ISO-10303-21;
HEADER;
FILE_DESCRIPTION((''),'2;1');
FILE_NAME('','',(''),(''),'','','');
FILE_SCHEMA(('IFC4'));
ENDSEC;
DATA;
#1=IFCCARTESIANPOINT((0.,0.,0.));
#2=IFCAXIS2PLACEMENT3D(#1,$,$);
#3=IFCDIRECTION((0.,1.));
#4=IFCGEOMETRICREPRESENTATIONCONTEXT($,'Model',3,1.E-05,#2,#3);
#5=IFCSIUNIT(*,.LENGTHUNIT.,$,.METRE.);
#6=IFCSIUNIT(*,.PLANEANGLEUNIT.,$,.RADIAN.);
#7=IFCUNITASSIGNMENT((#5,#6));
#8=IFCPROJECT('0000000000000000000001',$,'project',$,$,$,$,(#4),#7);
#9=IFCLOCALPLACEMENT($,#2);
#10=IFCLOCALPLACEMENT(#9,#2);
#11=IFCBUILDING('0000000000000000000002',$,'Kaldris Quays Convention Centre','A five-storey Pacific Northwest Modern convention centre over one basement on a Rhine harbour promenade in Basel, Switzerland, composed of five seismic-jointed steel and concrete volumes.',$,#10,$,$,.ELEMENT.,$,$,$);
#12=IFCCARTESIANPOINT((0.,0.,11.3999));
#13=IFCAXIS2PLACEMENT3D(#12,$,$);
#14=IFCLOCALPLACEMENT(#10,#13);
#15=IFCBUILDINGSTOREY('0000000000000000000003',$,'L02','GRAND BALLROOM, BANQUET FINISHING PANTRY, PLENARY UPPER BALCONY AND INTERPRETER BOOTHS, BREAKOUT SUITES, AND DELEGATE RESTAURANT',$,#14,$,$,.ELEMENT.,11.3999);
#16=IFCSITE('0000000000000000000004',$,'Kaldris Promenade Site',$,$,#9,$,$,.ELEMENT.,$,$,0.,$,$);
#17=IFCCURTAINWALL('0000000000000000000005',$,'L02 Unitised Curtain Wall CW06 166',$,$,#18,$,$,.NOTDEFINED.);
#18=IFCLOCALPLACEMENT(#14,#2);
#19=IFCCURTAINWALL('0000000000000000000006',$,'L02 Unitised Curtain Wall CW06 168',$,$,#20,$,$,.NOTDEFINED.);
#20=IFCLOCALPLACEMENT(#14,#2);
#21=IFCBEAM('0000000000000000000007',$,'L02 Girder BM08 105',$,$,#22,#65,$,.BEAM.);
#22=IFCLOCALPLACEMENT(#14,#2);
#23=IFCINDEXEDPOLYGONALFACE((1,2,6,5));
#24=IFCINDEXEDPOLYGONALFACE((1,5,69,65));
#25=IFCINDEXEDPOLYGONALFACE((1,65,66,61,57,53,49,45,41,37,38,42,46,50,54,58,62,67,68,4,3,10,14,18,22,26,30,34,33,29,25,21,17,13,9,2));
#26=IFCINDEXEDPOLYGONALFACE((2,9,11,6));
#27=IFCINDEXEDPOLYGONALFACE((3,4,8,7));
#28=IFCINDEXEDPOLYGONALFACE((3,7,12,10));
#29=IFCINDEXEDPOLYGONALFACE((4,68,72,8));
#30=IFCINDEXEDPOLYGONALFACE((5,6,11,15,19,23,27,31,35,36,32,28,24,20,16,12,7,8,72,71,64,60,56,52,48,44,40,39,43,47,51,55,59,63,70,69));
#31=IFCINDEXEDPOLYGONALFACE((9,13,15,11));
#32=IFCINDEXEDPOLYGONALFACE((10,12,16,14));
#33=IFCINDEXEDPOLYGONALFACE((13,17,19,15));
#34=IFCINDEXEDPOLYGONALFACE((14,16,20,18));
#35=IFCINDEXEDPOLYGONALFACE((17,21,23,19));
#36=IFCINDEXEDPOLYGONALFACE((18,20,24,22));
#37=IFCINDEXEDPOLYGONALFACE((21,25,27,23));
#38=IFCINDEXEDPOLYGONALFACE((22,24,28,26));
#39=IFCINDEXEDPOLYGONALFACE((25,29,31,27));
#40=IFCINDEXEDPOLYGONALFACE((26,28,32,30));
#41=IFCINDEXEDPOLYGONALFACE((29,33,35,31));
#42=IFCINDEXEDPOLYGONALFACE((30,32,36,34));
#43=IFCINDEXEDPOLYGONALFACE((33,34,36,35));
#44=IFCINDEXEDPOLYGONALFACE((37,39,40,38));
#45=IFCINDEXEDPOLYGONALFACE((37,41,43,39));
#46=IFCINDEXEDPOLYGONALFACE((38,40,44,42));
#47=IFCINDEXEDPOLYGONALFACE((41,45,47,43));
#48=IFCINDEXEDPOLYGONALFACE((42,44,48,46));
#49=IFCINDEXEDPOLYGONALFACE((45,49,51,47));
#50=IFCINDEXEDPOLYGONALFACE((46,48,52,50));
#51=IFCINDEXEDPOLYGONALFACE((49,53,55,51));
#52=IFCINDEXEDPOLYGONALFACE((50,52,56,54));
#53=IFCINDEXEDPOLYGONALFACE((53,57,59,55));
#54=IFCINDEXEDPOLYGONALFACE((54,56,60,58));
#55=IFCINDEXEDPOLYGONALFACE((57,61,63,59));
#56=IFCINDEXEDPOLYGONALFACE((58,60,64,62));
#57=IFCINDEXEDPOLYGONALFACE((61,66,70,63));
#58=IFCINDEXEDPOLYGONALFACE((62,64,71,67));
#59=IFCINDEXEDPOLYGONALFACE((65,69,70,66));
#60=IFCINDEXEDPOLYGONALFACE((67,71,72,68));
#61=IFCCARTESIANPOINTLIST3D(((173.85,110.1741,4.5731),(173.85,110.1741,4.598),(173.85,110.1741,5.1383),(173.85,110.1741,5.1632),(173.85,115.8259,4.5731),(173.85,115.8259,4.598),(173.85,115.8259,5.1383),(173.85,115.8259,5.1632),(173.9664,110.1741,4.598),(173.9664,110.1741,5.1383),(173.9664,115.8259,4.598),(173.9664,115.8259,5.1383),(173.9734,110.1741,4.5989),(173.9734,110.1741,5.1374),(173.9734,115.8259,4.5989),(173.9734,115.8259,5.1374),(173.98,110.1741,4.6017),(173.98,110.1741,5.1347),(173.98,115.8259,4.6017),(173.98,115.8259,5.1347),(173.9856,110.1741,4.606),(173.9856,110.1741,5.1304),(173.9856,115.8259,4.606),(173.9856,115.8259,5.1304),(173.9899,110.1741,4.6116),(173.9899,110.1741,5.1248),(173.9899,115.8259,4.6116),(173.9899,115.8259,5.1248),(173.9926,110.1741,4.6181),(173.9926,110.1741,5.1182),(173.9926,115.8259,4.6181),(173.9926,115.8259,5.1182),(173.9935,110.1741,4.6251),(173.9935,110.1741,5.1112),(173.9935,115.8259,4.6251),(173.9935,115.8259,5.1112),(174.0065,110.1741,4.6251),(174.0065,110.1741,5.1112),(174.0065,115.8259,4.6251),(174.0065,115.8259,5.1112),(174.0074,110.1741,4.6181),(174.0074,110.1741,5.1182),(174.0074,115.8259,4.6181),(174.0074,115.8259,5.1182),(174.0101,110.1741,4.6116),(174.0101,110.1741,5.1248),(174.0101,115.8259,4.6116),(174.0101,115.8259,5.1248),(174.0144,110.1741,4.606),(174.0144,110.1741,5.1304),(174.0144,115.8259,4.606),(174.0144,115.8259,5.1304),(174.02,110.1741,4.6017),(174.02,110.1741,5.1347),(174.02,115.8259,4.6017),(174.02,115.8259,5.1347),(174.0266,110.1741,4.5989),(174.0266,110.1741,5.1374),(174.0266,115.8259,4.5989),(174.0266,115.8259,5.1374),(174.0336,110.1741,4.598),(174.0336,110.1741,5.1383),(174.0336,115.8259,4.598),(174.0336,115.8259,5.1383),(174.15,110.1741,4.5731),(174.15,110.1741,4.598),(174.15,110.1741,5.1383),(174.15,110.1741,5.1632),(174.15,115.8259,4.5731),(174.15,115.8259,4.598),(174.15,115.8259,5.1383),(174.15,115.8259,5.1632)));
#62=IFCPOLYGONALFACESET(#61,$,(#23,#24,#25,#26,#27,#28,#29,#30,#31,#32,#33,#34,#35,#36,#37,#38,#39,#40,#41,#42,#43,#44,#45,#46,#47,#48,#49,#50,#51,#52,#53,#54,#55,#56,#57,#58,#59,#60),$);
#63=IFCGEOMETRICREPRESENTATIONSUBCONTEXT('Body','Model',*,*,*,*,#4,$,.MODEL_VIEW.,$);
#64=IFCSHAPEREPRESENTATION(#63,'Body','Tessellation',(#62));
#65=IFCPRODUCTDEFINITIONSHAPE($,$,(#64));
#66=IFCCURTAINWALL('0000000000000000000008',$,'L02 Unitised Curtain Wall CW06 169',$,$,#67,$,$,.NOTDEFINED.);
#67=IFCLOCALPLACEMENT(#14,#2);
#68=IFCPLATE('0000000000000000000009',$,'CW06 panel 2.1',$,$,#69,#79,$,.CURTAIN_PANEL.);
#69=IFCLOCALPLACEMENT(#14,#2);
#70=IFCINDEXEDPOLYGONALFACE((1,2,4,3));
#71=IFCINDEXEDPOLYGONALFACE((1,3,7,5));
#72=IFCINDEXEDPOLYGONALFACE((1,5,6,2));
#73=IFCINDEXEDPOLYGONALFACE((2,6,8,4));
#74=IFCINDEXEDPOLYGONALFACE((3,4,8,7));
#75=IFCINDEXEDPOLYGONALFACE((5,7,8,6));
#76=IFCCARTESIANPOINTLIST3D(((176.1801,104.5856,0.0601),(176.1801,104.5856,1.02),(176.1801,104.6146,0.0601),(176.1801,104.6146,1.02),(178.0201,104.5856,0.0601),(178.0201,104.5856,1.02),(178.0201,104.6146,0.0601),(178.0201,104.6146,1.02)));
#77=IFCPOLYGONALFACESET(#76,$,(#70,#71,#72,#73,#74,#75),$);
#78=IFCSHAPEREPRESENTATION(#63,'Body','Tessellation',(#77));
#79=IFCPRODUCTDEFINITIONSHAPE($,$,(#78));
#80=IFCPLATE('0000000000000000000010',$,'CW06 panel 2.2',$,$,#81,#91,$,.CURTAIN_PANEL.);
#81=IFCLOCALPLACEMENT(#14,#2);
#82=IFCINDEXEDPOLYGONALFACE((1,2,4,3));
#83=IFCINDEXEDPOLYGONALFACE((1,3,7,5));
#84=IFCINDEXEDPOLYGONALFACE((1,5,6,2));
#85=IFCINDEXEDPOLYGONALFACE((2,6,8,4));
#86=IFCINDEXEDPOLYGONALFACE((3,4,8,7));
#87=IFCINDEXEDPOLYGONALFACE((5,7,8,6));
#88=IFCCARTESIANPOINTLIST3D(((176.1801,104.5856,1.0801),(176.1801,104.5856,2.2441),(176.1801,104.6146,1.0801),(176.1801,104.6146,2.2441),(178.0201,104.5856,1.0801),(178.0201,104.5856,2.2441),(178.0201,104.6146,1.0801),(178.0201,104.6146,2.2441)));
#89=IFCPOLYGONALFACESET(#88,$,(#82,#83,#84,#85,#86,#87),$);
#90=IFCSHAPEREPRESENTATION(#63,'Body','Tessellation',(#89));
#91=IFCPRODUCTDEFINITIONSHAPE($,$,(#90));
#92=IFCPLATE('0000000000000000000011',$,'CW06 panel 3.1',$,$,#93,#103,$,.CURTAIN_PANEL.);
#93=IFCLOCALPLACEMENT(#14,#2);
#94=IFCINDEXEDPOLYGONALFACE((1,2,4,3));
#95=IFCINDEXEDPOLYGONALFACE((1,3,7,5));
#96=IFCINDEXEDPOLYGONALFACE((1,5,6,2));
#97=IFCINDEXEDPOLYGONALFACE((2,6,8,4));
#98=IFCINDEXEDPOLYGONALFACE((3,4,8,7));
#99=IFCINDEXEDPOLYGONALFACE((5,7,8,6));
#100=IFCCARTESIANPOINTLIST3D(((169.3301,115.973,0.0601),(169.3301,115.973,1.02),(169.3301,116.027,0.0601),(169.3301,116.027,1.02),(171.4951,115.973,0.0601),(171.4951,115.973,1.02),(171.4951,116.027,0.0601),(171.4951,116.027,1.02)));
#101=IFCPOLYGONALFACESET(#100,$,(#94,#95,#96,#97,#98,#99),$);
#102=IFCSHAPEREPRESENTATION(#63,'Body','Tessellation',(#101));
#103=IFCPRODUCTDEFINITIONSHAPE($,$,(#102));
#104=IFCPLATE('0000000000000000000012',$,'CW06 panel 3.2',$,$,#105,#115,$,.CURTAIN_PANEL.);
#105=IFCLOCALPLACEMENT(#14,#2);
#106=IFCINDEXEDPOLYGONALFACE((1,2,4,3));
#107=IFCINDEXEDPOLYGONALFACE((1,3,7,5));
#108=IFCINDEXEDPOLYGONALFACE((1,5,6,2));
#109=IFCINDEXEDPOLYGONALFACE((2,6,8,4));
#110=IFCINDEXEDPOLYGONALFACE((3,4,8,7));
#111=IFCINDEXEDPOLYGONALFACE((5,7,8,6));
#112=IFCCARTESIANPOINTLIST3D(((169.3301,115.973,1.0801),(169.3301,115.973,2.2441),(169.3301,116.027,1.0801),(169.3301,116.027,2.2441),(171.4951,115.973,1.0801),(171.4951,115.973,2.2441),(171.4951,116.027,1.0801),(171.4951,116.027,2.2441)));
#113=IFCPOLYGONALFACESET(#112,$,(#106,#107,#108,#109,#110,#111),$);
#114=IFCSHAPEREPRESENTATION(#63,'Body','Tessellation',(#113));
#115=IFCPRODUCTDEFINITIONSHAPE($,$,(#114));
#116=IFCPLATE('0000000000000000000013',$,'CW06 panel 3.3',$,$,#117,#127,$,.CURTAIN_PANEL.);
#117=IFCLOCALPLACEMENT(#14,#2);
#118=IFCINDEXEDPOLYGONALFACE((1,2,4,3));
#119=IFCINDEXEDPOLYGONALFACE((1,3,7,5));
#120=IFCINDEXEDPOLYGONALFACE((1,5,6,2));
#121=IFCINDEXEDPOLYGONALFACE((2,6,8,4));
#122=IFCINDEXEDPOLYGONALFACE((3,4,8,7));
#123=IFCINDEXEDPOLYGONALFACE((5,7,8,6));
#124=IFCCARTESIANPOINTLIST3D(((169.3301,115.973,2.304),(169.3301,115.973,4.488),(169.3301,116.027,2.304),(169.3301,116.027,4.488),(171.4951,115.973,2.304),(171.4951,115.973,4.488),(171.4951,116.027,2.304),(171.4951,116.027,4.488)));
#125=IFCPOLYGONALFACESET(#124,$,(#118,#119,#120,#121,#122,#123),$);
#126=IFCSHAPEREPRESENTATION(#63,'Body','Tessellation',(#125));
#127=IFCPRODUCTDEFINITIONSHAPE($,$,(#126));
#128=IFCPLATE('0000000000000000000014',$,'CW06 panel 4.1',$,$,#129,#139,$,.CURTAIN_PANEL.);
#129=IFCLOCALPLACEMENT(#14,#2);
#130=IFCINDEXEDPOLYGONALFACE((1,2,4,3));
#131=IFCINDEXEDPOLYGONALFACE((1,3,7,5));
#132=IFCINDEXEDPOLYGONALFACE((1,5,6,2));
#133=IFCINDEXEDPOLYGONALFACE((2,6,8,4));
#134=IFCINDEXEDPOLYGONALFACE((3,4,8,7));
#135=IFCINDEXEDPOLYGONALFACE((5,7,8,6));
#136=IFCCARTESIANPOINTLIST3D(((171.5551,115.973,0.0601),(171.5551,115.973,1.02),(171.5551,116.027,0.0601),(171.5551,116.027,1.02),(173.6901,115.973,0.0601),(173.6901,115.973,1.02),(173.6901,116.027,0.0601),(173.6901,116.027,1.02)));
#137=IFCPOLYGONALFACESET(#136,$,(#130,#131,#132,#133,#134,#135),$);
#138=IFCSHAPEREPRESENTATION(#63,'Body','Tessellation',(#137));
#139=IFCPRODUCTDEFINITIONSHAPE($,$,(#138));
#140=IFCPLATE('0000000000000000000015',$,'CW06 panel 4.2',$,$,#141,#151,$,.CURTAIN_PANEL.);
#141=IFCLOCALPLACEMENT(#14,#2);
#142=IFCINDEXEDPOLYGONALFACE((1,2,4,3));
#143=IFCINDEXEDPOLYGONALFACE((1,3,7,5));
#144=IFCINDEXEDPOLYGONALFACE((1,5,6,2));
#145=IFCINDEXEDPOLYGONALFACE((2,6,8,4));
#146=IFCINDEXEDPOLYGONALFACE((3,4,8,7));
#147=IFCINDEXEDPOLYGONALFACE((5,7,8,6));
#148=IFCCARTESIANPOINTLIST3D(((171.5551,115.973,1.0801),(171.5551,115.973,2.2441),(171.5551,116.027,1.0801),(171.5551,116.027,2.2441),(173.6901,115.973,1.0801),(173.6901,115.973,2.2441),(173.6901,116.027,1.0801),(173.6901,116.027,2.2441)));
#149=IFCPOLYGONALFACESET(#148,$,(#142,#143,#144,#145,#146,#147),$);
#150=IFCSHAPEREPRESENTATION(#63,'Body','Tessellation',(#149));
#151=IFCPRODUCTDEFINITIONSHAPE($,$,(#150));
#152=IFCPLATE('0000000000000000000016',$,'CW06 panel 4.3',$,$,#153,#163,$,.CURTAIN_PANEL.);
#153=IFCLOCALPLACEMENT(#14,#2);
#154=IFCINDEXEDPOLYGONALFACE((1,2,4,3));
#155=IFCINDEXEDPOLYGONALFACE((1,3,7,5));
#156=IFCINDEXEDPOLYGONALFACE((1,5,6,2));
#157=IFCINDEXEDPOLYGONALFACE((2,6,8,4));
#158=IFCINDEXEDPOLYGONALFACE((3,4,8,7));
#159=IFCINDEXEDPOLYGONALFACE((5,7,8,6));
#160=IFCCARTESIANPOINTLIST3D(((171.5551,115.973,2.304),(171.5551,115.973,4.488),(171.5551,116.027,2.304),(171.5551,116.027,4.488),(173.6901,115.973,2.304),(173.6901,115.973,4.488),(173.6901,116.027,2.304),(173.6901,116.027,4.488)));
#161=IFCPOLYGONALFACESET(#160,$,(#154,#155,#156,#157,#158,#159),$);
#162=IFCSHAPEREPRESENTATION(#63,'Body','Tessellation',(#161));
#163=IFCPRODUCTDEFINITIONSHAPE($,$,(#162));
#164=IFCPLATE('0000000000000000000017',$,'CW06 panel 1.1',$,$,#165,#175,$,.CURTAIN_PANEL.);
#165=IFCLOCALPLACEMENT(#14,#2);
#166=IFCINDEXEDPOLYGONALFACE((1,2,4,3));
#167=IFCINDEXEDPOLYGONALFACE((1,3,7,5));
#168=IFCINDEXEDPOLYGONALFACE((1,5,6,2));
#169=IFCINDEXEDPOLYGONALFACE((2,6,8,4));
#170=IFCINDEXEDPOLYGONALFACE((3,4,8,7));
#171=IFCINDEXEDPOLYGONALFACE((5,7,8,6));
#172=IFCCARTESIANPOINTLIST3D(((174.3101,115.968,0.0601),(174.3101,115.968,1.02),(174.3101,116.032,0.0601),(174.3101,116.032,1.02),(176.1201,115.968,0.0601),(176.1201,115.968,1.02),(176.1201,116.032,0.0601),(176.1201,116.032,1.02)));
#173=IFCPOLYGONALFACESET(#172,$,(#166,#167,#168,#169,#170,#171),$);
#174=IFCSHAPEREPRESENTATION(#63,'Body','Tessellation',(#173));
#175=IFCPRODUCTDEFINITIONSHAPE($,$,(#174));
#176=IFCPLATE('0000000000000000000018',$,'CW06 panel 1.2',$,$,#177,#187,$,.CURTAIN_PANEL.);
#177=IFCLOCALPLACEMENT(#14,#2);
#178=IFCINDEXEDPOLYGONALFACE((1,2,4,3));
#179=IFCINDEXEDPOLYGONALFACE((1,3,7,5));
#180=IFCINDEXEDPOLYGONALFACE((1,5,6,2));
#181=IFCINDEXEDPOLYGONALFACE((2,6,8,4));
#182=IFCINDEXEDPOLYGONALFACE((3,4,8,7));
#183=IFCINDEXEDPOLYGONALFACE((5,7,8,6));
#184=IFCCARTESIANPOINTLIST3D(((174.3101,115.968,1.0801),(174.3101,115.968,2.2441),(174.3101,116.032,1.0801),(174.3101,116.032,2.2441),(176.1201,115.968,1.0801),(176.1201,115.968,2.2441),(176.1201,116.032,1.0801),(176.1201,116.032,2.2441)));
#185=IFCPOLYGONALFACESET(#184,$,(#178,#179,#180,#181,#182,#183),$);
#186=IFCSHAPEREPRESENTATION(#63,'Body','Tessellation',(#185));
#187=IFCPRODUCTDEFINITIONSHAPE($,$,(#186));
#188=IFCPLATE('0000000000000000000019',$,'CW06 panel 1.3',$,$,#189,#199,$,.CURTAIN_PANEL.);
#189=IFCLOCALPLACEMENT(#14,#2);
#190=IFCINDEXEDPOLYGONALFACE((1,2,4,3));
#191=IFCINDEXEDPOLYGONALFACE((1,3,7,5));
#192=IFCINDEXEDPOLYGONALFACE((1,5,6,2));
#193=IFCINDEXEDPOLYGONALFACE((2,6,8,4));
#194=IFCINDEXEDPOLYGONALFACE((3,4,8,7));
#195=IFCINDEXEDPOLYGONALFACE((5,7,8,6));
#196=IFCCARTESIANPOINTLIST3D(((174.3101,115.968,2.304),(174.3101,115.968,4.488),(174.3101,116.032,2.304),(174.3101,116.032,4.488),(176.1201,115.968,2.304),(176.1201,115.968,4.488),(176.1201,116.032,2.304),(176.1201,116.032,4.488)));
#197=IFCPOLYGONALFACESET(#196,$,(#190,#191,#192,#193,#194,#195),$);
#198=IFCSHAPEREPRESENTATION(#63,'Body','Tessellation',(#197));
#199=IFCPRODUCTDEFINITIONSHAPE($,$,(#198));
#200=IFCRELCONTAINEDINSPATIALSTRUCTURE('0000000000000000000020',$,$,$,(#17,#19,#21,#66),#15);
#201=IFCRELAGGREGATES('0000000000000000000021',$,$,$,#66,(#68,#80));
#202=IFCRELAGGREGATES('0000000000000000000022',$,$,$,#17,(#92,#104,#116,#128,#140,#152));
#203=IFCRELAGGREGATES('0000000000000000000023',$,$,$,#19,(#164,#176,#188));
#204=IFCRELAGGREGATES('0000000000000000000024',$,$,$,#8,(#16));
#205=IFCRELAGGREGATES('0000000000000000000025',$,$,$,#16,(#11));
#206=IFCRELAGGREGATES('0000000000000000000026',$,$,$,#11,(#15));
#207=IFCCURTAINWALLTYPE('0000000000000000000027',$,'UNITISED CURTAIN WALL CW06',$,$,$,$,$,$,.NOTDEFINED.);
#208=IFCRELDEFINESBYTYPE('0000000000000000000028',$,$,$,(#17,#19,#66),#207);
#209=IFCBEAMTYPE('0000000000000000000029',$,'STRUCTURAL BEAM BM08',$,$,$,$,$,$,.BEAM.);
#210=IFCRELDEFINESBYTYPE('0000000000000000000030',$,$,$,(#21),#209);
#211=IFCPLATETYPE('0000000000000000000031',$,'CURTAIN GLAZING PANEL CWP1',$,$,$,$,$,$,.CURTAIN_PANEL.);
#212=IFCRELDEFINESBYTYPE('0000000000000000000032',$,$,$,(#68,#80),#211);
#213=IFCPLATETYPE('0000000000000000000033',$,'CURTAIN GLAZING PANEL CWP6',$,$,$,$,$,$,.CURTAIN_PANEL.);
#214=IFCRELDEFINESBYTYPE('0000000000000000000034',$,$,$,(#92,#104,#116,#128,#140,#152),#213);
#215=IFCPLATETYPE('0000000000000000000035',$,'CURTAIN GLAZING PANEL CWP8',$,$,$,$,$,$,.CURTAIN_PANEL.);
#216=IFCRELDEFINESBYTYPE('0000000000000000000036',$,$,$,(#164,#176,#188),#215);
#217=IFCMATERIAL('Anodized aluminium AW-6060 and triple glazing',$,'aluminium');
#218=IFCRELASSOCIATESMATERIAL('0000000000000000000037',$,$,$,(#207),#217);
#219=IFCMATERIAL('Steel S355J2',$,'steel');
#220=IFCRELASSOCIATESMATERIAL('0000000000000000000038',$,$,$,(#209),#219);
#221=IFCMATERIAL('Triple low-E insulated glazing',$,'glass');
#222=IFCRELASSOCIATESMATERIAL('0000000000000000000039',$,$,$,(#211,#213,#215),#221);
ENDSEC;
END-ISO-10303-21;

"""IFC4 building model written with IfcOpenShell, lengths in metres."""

from ifc_helpers import new_model, si_unit, direction, frame, origin, origin_2d, place, context, subcontext, project, spatial, rectangle, i_section, extrude, material, material_profile, profile_set, type_object, element, aggregate, save


model = new_model("IFC4")

# Units and contexts
model_context = context("Model", 3, precision=1e-05, world=origin(), true_north=direction((0.0, 1.0)))
body_context = subcontext(model_context, "Body", "Model", "MODEL_VIEW")
ifc_project = project(units=[si_unit("LENGTHUNIT", "METRE"), si_unit("PLANEANGLEUNIT", "RADIAN")], contexts=[model_context])

# Site, building, storey
site_placement = place(None, origin())
site = spatial("IfcSite", under=ifc_project, at=site_placement, Name="Kaldris Promenade Site", CompositionType="ELEMENT", RefElevation=0.0)
building_placement = place(site_placement, origin())
building = spatial("IfcBuilding", under=site, at=building_placement, Name="Kaldris Quays Convention Centre", Description="A five-storey Pacific Northwest Modern convention centre over one basement on a Rhine harbour promenade in Basel, Switzerland, composed of five seismic-jointed steel and concrete volumes.", CompositionType="ELEMENT")
storey_placement = place(building_placement, frame((0.0, 0.0, 11.3999)))
storey = spatial("IfcBuildingStorey", under=building, at=storey_placement, Name="L02", Description="GRAND BALLROOM, BANQUET FINISHING PANTRY, PLENARY UPPER BALCONY AND INTERPRETER BOOTHS, BREAKOUT SUITES, AND DELEGATE RESTAURANT", CompositionType="ELEMENT", Elevation=11.3999)

# Shared definitions
ifc_material_1 = material(Name="Steel S355J2", Category="steel")

# Curtain walls
ifc_material_2 = material(Name="Anodized aluminium AW-6060 and triple glazing", Category="aluminium")
curtain_wall_type = type_object("IfcCurtainWallType", Name="UNITISED CURTAIN WALL CW06", PredefinedType="NOTDEFINED", material=ifc_material_2)
curtain_wall_1_placement = place(storey_placement, origin())
curtain_wall_1 = element("IfcCurtainWall", 1, at=curtain_wall_1_placement, inside=storey, type_object=curtain_wall_type, Name="L02 Unitised Curtain Wall CW06 166", PredefinedType="NOTDEFINED")
curtain_wall_2_placement = place(storey_placement, origin())
curtain_wall_2 = element("IfcCurtainWall", 2, at=curtain_wall_2_placement, inside=storey, type_object=curtain_wall_type, Name="L02 Unitised Curtain Wall CW06 168", PredefinedType="NOTDEFINED")

# Beam
ifc_material_profile_1 = material_profile(ifc_material_1, i_section(OverallWidth=0.3, OverallDepth=0.5901, WebThickness=0.0129, FlangeThickness=0.0249, FilletRadius=0.0271, at=origin_2d()), Name="HEA 600")
ifc_profile_set_1 = profile_set([ifc_material_profile_1], Name="Steel S355J2")
beam_type_1 = type_object("IfcBeamType", Name="STRUCTURAL BEAM BM08", PredefinedType="BEAM", material=ifc_profile_set_1)
beam_1_placement = place(storey_placement, frame((174.0, 110.1741, 4.8682), z_axis=(0.0, 1.0, 0.0), x_axis=(-1.0, 0.0, 0.0)))
element("IfcBeam", 3, at=beam_1_placement, inside=storey, type_object=beam_type_1, Name="L02 Girder BM08 105", PredefinedType="BEAM", context=body_context, shape_type="SweptSolid", body=[
    extrude(i_section(OverallWidth=0.3, OverallDepth=0.5901, WebThickness=0.0129, FlangeThickness=0.0249, FilletRadius=0.0271, at=origin_2d()), origin(), (0.0, 0.0, 1.0), 5.6519),
])

# Curtain wall, plates
curtain_wall_3_placement = place(storey_placement, origin())
curtain_wall_3 = element("IfcCurtainWall", 4, at=curtain_wall_3_placement, inside=storey, type_object=curtain_wall_type, Name="L02 Unitised Curtain Wall CW06 169", PredefinedType="NOTDEFINED")
ifc_material_3 = material(Name="Triple low-E insulated glazing", Category="glass")
plate_type_1 = type_object("IfcPlateType", Name="CURTAIN GLAZING PANEL CWP1", PredefinedType="CURTAIN_PANEL", material=ifc_material_3)
plate_1_placement = place(storey_placement, frame((177.1001, 104.6001, 0.0601), z_axis=(0.0, 0.0, 1.0), x_axis=(1.0, 0.0, 0.0)))
plate_1 = element("IfcPlate", 5, at=plate_1_placement, type_object=plate_type_1, Name="CW06 panel 2.1", PredefinedType="CURTAIN_PANEL", context=body_context, shape_type="SweptSolid", body=[
    extrude(rectangle(XDim=1.8401, YDim=0.0291, at=origin_2d()), origin(), (0.0, 0.0, 1.0), 0.96),
])
plate_2_placement = place(storey_placement, frame((177.1001, 104.6001, 1.0801), z_axis=(0.0, 0.0, 1.0), x_axis=(1.0, 0.0, 0.0)))
plate_2 = element("IfcPlate", 6, at=plate_2_placement, type_object=plate_type_1, Name="CW06 panel 2.2", PredefinedType="CURTAIN_PANEL", context=body_context, shape_type="SweptSolid", body=[
    extrude(rectangle(XDim=1.8401, YDim=0.0291, at=origin_2d()), origin(), (0.0, 0.0, 1.0), 1.1641),
])
aggregate(curtain_wall_3, [plate_1, plate_2])

# Plates
plate_type_2 = type_object("IfcPlateType", Name="CURTAIN GLAZING PANEL CWP6", PredefinedType="CURTAIN_PANEL", material=ifc_material_3)
plate_3_placement = place(storey_placement, frame((170.4126, 116.0, 0.0601), z_axis=(0.0, 0.0, 1.0), x_axis=(1.0, 0.0, 0.0)))
plate_3 = element("IfcPlate", 7, at=plate_3_placement, type_object=plate_type_2, Name="CW06 panel 3.1", PredefinedType="CURTAIN_PANEL", context=body_context, shape_type="SweptSolid", body=[
    extrude(rectangle(XDim=2.165, YDim=0.054, at=origin_2d()), origin(), (0.0, 0.0, 1.0), 0.96),
])
plate_4_placement = place(storey_placement, frame((170.4126, 116.0, 1.0801), z_axis=(0.0, 0.0, 1.0), x_axis=(1.0, 0.0, 0.0)))
plate_4 = element("IfcPlate", 8, at=plate_4_placement, type_object=plate_type_2, Name="CW06 panel 3.2", PredefinedType="CURTAIN_PANEL", context=body_context, shape_type="SweptSolid", body=[
    extrude(rectangle(XDim=2.165, YDim=0.054, at=origin_2d()), origin(), (0.0, 0.0, 1.0), 1.1641),
])
plate_5_placement = place(storey_placement, frame((170.4126, 116.0, 2.304), z_axis=(0.0, 0.0, 1.0), x_axis=(1.0, 0.0, 0.0)))
plate_5 = element("IfcPlate", 9, at=plate_5_placement, type_object=plate_type_2, Name="CW06 panel 3.3", PredefinedType="CURTAIN_PANEL", context=body_context, shape_type="SweptSolid", body=[
    extrude(rectangle(XDim=2.165, YDim=0.054, at=origin_2d()), origin(), (0.0, 0.0, 1.0), 2.1841),
])
plate_6_placement = place(storey_placement, frame((172.6226, 116.0, 0.0601), z_axis=(0.0, 0.0, 1.0), x_axis=(1.0, 0.0, 0.0)))
plate_6 = element("IfcPlate", 10, at=plate_6_placement, type_object=plate_type_2, Name="CW06 panel 4.1", PredefinedType="CURTAIN_PANEL", context=body_context, shape_type="SweptSolid", body=[
    extrude(rectangle(XDim=2.135, YDim=0.054, at=origin_2d()), origin(), (0.0, 0.0, 1.0), 0.96),
])
plate_7_placement = place(storey_placement, frame((172.6226, 116.0, 1.0801), z_axis=(0.0, 0.0, 1.0), x_axis=(1.0, 0.0, 0.0)))
plate_7 = element("IfcPlate", 11, at=plate_7_placement, type_object=plate_type_2, Name="CW06 panel 4.2", PredefinedType="CURTAIN_PANEL", context=body_context, shape_type="SweptSolid", body=[
    extrude(rectangle(XDim=2.135, YDim=0.054, at=origin_2d()), origin(), (0.0, 0.0, 1.0), 1.1641),
])
plate_8_placement = place(storey_placement, frame((172.6226, 116.0, 2.304), z_axis=(0.0, 0.0, 1.0), x_axis=(1.0, 0.0, 0.0)))
plate_8 = element("IfcPlate", 12, at=plate_8_placement, type_object=plate_type_2, Name="CW06 panel 4.3", PredefinedType="CURTAIN_PANEL", context=body_context, shape_type="SweptSolid", body=[
    extrude(rectangle(XDim=2.135, YDim=0.054, at=origin_2d()), origin(), (0.0, 0.0, 1.0), 2.1841),
])
aggregate(curtain_wall_1, [plate_3, plate_4, plate_5, plate_6, plate_7, plate_8])
plate_type_3 = type_object("IfcPlateType", Name="CURTAIN GLAZING PANEL CWP8", PredefinedType="CURTAIN_PANEL", material=ifc_material_3)
plate_9_placement = place(storey_placement, frame((175.2151, 116.0, 0.0601), z_axis=(0.0, 0.0, 1.0), x_axis=(1.0, 0.0, 0.0)))
plate_9 = element("IfcPlate", 13, at=plate_9_placement, type_object=plate_type_3, Name="CW06 panel 1.1", PredefinedType="CURTAIN_PANEL", context=body_context, shape_type="SweptSolid", body=[
    extrude(rectangle(XDim=1.8101, YDim=0.064, at=origin_2d()), origin(), (0.0, 0.0, 1.0), 0.96),
])
plate_10_placement = place(storey_placement, frame((175.2151, 116.0, 1.0801), z_axis=(0.0, 0.0, 1.0), x_axis=(1.0, 0.0, 0.0)))
plate_10 = element("IfcPlate", 14, at=plate_10_placement, type_object=plate_type_3, Name="CW06 panel 1.2", PredefinedType="CURTAIN_PANEL", context=body_context, shape_type="SweptSolid", body=[
    extrude(rectangle(XDim=1.8101, YDim=0.064, at=origin_2d()), origin(), (0.0, 0.0, 1.0), 1.1641),
])
plate_11_placement = place(storey_placement, frame((175.2151, 116.0, 2.304), z_axis=(0.0, 0.0, 1.0), x_axis=(1.0, 0.0, 0.0)))
plate_11 = element("IfcPlate", 15, at=plate_11_placement, type_object=plate_type_3, Name="CW06 panel 1.3", PredefinedType="CURTAIN_PANEL", context=body_context, shape_type="SweptSolid", body=[
    extrude(rectangle(XDim=1.8101, YDim=0.064, at=origin_2d()), origin(), (0.0, 0.0, 1.0), 2.1841),
])
aggregate(curtain_wall_2, [plate_9, plate_10, plate_11])

save(model, "model.ifc")
